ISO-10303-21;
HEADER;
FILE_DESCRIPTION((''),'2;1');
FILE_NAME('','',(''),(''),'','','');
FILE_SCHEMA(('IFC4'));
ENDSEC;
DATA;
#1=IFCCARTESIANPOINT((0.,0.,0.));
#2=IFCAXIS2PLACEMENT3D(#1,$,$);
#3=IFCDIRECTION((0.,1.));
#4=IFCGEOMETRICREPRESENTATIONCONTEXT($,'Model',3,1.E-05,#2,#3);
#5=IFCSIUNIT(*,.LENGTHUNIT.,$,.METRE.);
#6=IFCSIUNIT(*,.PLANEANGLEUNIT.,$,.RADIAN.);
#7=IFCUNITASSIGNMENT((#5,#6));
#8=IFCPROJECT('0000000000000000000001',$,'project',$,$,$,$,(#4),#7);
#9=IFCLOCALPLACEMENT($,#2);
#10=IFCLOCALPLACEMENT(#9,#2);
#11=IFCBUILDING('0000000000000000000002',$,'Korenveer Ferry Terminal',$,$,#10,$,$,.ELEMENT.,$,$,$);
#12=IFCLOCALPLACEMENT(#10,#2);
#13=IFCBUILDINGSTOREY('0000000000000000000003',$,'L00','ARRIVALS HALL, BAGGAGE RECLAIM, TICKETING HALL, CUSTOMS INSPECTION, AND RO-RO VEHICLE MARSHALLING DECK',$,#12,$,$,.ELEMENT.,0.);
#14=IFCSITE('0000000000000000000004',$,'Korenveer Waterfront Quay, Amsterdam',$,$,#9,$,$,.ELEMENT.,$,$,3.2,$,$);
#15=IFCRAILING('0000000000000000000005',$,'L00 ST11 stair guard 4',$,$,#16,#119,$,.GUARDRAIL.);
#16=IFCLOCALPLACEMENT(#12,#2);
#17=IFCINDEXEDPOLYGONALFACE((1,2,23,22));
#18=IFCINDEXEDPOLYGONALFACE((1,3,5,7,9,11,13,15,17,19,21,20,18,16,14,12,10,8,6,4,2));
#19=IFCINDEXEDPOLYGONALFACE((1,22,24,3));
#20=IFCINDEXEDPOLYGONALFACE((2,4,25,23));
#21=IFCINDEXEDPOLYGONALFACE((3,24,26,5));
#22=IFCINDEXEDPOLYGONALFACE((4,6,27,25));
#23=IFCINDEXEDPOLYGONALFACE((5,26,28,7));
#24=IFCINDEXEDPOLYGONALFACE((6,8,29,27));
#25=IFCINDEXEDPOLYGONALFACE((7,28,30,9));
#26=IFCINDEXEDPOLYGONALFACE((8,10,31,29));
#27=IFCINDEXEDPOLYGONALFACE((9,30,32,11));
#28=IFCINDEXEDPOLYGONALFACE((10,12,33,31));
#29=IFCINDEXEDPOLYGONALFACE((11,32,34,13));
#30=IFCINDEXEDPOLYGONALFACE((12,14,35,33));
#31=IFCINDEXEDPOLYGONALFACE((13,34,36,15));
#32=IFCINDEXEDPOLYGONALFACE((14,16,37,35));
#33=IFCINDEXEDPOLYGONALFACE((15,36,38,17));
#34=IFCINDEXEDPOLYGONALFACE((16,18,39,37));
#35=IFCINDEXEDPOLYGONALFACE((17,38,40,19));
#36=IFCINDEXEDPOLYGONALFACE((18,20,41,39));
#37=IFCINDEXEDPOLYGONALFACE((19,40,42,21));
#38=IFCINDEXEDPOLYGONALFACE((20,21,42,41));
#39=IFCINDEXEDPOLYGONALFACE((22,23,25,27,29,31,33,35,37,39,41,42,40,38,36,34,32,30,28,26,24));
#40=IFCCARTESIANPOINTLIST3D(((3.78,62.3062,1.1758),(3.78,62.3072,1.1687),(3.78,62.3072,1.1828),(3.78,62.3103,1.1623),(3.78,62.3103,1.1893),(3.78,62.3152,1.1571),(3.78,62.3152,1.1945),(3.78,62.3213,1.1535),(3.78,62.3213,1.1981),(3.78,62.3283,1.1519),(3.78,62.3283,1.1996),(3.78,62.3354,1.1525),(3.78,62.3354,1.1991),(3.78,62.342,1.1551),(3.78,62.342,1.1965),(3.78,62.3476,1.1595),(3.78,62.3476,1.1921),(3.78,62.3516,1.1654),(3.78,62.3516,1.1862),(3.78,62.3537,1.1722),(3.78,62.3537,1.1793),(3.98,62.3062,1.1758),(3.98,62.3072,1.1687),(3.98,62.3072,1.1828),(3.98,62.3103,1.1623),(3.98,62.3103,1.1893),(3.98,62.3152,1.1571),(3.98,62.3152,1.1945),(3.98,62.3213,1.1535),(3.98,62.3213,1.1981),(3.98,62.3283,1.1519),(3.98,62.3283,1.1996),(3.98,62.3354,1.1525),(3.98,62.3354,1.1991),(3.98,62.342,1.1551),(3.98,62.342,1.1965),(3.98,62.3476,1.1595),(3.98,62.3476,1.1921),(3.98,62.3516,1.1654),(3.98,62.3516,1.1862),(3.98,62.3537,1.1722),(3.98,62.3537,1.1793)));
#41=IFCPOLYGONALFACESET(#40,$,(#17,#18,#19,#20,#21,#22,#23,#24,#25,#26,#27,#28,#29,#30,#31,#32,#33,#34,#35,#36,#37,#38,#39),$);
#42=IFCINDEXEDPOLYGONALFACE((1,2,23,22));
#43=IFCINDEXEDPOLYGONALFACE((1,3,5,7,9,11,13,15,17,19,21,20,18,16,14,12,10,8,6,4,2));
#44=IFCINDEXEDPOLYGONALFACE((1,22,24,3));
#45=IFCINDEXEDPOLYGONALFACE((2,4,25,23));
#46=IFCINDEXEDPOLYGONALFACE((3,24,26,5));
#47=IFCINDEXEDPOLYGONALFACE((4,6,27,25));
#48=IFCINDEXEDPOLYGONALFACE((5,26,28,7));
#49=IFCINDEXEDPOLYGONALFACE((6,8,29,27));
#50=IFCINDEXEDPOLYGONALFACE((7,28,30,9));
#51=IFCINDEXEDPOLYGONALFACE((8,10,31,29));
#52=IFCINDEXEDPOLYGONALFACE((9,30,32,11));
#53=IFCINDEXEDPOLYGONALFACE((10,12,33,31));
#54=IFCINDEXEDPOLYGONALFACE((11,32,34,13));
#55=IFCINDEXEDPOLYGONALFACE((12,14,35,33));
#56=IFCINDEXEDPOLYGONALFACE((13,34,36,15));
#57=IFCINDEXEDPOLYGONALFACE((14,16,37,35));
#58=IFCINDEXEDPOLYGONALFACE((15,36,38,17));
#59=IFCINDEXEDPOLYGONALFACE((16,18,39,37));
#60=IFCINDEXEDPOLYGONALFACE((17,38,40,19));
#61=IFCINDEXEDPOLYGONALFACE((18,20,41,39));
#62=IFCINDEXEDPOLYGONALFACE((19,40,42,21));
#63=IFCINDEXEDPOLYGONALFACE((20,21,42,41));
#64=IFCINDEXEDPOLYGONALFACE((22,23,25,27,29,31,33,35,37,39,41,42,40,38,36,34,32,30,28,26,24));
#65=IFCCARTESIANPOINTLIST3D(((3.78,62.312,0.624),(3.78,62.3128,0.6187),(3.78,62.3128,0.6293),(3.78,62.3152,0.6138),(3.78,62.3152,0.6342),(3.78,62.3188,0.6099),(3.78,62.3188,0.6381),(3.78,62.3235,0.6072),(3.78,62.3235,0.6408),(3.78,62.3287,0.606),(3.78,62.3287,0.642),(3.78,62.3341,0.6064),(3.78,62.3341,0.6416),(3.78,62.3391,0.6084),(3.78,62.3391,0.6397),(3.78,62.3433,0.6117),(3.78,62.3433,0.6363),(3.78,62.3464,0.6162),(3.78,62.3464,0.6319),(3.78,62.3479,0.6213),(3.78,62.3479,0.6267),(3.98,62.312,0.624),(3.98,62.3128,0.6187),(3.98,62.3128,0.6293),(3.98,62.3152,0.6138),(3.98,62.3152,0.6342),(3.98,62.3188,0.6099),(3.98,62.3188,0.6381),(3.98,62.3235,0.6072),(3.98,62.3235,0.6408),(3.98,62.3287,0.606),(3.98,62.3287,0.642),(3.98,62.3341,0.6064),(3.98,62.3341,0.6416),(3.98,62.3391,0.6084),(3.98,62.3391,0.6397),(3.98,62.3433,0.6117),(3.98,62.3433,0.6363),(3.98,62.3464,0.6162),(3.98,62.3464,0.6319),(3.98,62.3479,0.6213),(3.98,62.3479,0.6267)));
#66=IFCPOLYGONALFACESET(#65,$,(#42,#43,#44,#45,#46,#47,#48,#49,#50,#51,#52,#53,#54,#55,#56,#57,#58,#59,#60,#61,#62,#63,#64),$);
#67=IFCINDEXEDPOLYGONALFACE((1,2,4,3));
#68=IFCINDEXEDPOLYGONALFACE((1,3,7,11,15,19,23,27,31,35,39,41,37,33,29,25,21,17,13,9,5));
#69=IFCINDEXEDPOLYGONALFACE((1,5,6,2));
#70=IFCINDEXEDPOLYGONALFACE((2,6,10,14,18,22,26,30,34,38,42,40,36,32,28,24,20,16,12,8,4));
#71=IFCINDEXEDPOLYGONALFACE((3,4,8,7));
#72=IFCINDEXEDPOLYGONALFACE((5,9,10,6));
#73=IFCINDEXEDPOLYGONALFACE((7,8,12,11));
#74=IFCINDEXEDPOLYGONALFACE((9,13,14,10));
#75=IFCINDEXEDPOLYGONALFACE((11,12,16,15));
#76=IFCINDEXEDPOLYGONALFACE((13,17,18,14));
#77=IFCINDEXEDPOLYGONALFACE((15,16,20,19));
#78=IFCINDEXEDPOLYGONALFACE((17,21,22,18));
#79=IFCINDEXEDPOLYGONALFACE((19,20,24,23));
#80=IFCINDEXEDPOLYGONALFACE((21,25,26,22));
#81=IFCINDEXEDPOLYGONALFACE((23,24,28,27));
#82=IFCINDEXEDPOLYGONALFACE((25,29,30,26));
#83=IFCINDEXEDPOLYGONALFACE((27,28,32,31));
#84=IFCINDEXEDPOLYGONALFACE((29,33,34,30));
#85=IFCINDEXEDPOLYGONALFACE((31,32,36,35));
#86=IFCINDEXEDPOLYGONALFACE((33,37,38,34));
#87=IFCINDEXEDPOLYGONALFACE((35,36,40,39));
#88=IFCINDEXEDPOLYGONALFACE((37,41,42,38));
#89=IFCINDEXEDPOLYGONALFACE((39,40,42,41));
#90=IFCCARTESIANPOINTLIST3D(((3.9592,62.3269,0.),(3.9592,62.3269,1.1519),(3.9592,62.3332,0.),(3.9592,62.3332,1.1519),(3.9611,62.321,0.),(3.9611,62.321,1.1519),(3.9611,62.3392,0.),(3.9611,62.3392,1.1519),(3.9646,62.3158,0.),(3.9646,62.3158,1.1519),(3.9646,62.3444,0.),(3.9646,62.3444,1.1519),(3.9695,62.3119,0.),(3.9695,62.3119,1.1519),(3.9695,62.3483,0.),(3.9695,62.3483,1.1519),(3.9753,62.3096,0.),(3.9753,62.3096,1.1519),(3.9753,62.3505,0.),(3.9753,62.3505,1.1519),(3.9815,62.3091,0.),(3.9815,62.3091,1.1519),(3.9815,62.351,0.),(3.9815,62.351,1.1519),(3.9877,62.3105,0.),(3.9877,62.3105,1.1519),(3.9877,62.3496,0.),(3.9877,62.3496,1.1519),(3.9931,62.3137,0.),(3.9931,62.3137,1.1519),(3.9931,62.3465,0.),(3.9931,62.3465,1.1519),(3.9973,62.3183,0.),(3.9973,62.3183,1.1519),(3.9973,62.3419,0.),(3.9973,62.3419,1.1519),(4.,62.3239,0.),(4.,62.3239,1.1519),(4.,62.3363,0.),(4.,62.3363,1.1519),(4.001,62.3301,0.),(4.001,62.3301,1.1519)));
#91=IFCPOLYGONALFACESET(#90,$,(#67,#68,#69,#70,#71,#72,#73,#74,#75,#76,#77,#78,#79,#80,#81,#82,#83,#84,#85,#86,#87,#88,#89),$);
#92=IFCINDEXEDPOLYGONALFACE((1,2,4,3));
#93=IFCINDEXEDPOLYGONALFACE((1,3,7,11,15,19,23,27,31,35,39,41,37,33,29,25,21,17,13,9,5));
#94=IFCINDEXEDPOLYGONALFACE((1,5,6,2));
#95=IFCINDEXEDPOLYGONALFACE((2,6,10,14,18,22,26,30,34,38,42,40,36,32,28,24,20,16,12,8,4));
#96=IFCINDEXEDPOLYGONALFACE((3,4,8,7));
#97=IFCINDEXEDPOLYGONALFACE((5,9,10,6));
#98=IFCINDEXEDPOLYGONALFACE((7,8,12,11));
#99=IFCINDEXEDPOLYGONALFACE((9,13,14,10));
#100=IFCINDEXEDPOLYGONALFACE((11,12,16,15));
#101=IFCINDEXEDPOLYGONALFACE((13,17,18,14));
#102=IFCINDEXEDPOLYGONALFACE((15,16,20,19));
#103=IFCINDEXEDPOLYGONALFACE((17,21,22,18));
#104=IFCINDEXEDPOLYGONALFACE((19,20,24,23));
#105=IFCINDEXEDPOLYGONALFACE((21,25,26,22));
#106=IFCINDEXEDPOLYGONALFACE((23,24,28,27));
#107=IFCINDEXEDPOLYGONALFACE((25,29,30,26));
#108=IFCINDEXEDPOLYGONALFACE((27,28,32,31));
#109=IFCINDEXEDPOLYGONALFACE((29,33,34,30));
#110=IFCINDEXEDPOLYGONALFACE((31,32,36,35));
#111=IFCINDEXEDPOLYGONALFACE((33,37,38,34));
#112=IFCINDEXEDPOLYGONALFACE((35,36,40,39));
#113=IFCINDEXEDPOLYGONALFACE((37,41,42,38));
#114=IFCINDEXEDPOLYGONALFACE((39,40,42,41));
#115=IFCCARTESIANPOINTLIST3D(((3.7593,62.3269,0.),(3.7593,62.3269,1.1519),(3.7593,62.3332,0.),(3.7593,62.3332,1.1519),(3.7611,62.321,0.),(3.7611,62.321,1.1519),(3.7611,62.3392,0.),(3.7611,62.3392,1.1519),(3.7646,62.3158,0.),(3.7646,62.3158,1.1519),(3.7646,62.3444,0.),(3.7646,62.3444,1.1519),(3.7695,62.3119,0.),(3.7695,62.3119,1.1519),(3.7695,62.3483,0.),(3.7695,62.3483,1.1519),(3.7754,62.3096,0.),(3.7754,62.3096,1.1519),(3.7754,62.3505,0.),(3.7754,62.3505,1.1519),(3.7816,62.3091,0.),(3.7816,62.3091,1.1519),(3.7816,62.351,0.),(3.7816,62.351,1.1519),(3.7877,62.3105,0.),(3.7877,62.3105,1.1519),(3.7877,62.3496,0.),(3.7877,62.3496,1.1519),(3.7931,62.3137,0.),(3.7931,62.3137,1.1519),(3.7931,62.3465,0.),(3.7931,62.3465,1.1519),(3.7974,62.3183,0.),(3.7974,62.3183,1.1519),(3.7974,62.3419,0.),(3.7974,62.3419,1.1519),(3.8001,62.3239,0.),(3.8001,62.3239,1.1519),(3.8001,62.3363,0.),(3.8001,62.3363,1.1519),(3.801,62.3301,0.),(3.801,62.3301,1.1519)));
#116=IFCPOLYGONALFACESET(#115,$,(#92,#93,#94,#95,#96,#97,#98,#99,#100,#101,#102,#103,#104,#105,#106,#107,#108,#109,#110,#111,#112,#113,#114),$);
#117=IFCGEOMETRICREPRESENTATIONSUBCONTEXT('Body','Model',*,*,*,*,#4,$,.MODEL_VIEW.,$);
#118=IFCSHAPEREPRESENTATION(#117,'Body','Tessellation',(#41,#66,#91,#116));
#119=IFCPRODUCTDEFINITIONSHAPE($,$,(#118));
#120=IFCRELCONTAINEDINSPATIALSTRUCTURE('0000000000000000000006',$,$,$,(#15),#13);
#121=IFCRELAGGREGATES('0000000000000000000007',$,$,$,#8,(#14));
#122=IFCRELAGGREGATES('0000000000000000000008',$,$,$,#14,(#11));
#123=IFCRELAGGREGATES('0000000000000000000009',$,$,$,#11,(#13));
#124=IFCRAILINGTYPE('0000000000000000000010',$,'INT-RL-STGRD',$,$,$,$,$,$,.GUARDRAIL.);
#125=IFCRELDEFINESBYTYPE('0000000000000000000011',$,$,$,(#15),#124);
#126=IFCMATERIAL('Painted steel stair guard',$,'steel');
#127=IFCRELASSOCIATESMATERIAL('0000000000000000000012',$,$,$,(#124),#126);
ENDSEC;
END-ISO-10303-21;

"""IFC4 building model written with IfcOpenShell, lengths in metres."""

from ifc_helpers import new_model, si_unit, direction, frame, origin, origin_2d, place, context, subcontext, project, spatial, circle, extrude, material, type_object, element, save


model = new_model("IFC4")

# Units and contexts
model_context = context("Model", 3, precision=1e-05, world=origin(), true_north=direction((0.0, 1.0)))
body_context = subcontext(model_context, "Body", "Model", "MODEL_VIEW")
ifc_project = project(units=[si_unit("LENGTHUNIT", "METRE"), si_unit("PLANEANGLEUNIT", "RADIAN")], contexts=[model_context])

# Site, building, storey
site_placement = place(None, origin())
site = spatial("IfcSite", under=ifc_project, at=site_placement, Name="Korenveer Waterfront Quay, Amsterdam", CompositionType="ELEMENT", RefElevation=3.2)
building_placement = place(site_placement, origin())
building = spatial("IfcBuilding", under=site, at=building_placement, Name="Korenveer Ferry Terminal", CompositionType="ELEMENT")
storey_placement = place(building_placement, origin())
storey = spatial("IfcBuildingStorey", under=building, at=storey_placement, Name="L00", Description="ARRIVALS HALL, BAGGAGE RECLAIM, TICKETING HALL, CUSTOMS INSPECTION, AND RO-RO VEHICLE MARSHALLING DECK", CompositionType="ELEMENT", Elevation=0.0)

# Railing
ifc_material_1 = material(Name="Painted steel stair guard", Category="steel")
railing_type_1 = type_object("IfcRailingType", Name="INT-RL-STGRD", PredefinedType="GUARDRAIL", material=ifc_material_1)
railing_1_placement = place(storey_placement, frame((3.98, 62.3301, 0.0)))
element("IfcRailing", 1, at=railing_1_placement, inside=storey, type_object=railing_type_1, Name="L00 ST11 stair guard 4", PredefinedType="GUARDRAIL", context=body_context, shape_type="SweptSolid", body=[
    extrude(circle(Radius=0.0239, at=origin_2d()), frame((0.0, 0.0, 1.1758), z_axis=(-1.0, 0.0, 0.0), x_axis=(0.0, -1.0, 0.0)), (0.0, 0.0, 1.0), 0.2),
    extrude(circle(Radius=0.0181, at=origin_2d()), frame((0.0, 0.0, 0.624), z_axis=(-1.0, 0.0, 0.0), x_axis=(0.0, -1.0, 0.0)), (0.0, 0.0, 1.0), 0.2),
    extrude(circle(Radius=0.021, at=origin_2d()), origin(), (0.0, 0.0, 1.0), 1.1519),
    extrude(circle(Radius=0.021, at=origin_2d()), frame((-0.2, 0.0, 0.0)), (0.0, 0.0, 1.0), 1.1519),
])

save(model, "model.ifc")
